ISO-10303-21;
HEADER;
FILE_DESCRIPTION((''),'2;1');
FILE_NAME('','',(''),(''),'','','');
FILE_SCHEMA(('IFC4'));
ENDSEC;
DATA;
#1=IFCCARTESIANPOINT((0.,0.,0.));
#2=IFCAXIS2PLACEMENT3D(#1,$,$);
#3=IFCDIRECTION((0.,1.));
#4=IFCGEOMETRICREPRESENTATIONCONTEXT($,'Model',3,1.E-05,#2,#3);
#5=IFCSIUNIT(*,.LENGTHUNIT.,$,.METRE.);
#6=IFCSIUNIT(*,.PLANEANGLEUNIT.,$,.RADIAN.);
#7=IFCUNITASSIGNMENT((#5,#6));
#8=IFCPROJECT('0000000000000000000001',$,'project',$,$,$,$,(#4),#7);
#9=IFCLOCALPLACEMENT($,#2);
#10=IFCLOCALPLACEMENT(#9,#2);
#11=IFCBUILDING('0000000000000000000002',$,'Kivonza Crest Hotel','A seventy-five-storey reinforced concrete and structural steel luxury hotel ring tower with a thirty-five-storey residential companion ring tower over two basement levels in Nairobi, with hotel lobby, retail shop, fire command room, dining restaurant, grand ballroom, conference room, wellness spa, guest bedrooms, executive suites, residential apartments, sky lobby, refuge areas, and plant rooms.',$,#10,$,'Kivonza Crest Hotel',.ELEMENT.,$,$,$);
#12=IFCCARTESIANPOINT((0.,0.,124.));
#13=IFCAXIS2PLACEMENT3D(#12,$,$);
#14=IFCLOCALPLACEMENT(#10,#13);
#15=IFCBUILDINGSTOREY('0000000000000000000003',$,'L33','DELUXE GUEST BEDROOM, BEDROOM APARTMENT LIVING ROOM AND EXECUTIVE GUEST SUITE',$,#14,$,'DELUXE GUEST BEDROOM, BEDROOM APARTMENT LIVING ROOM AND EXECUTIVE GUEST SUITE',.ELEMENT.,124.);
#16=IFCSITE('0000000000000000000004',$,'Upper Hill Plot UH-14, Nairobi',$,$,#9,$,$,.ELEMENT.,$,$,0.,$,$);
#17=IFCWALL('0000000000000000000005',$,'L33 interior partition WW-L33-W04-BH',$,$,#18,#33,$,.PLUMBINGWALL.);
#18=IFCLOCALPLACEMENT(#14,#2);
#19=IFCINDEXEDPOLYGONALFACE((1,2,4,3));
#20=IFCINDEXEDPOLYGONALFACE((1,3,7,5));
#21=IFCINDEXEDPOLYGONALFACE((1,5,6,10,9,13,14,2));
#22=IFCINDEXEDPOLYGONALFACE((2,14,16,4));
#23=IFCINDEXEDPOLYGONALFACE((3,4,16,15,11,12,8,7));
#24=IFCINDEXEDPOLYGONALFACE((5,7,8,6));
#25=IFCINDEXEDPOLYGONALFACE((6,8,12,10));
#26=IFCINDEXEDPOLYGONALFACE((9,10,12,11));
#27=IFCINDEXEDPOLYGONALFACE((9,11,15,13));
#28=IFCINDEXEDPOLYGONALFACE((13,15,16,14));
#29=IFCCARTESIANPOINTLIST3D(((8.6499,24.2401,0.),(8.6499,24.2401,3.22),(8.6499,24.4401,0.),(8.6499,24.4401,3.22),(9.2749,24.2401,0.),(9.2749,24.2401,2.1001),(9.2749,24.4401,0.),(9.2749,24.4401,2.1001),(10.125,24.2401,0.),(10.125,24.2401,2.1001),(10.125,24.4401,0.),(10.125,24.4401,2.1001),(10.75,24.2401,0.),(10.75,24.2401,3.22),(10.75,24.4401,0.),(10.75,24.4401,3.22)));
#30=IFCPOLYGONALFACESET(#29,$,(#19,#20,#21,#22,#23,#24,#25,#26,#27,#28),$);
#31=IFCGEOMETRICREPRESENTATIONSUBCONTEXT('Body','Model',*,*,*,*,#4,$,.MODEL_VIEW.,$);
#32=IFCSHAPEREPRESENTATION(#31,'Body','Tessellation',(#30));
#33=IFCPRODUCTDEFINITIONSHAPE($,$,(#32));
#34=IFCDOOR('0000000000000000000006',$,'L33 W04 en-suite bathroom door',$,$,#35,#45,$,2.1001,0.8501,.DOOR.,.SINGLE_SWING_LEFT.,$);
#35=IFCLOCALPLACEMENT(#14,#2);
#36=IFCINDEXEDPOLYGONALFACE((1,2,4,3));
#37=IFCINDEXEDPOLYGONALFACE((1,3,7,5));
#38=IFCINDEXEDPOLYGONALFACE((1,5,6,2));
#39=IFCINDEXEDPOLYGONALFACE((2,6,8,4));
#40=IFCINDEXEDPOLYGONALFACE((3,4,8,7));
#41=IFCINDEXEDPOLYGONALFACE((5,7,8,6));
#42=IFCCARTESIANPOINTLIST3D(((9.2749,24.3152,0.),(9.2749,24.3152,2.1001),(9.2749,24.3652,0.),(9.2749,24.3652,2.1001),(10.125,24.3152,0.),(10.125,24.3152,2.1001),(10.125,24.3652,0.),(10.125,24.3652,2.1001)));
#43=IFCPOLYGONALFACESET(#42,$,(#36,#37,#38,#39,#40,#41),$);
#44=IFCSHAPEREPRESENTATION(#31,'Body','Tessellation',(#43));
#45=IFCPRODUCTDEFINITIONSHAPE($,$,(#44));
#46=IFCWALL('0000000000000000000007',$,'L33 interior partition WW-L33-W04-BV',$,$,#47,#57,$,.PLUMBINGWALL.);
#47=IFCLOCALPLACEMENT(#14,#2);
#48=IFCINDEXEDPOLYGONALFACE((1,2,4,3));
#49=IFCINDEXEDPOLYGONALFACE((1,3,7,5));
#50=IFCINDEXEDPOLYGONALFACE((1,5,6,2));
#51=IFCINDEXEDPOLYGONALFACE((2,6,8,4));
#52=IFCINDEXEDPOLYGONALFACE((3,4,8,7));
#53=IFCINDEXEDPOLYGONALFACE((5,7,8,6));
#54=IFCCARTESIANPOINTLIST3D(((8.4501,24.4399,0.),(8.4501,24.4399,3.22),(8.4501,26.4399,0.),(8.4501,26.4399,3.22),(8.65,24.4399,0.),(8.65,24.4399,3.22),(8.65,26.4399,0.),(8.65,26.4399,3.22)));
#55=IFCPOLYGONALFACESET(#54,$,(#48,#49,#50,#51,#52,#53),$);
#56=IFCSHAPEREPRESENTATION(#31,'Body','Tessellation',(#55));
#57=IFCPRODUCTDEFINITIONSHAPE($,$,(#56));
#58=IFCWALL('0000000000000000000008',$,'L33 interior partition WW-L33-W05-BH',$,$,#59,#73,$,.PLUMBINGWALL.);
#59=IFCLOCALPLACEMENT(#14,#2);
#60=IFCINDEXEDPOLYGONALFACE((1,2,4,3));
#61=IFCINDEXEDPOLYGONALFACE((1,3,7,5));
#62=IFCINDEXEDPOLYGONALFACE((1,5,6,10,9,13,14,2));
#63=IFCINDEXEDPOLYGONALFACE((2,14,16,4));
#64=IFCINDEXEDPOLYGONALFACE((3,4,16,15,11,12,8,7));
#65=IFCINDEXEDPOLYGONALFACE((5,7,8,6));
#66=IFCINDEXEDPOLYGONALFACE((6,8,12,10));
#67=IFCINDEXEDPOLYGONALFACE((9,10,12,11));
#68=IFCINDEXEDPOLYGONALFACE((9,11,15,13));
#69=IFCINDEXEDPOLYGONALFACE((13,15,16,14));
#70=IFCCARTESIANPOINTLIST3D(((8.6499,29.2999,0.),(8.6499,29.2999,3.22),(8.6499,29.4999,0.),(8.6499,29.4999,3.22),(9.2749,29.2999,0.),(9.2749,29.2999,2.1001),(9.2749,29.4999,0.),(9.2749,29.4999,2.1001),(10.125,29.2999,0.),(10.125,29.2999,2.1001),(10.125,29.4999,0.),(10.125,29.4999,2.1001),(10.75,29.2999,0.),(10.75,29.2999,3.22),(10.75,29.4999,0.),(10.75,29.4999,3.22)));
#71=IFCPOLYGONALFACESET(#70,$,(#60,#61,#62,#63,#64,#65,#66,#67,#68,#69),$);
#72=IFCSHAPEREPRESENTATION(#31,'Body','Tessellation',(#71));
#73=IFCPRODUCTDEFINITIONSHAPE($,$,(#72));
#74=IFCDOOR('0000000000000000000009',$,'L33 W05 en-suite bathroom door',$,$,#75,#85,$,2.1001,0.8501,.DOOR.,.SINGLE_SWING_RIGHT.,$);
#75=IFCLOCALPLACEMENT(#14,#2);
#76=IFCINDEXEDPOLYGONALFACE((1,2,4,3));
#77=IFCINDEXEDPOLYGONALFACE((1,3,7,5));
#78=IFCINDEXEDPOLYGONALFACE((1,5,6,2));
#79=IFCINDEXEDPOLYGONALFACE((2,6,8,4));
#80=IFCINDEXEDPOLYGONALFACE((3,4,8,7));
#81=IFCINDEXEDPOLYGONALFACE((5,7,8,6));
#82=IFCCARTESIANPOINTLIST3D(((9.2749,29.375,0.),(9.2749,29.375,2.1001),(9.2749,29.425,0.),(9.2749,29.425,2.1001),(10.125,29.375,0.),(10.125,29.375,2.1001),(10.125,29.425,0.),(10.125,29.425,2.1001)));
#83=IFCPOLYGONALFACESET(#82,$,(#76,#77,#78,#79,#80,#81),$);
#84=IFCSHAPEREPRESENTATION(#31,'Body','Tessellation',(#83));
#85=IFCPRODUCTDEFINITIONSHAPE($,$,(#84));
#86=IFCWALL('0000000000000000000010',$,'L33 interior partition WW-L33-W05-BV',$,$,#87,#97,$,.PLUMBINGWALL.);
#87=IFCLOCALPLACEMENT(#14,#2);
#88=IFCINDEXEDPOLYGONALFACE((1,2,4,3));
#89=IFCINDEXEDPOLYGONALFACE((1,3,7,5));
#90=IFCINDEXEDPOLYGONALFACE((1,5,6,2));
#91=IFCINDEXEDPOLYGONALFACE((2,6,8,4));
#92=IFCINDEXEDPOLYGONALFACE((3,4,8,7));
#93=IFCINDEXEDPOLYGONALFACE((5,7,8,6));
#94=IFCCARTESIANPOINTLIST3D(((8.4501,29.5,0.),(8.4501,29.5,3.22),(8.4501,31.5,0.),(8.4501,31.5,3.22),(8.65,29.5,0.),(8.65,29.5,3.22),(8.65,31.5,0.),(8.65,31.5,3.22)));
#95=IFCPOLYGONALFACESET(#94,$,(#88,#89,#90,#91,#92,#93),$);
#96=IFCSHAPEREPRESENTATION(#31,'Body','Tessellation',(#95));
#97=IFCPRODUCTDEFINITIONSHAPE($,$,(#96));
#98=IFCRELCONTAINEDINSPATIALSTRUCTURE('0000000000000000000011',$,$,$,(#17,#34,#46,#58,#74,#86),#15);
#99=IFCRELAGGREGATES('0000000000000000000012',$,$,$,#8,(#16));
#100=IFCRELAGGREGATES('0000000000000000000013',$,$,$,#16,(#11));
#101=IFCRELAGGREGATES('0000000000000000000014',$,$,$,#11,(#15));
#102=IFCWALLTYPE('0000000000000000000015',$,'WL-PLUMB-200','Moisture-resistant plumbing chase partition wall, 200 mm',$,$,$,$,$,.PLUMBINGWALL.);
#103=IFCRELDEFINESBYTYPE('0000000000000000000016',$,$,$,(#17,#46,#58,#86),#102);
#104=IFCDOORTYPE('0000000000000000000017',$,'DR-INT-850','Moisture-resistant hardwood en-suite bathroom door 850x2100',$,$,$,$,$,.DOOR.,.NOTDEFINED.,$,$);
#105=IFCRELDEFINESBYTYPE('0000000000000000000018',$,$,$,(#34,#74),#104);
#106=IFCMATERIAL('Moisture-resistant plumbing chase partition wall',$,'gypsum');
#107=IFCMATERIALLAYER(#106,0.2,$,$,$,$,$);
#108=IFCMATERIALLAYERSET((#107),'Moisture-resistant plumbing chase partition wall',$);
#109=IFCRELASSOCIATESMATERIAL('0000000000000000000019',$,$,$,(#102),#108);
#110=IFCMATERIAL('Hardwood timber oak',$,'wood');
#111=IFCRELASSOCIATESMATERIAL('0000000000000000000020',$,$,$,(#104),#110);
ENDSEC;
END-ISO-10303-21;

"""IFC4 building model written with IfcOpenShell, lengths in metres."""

from ifc_helpers import new_model, si_unit, direction, frame, frame_2d, origin, place, context, subcontext, project, spatial, rectangle, extrude, material, layer, layer_set, type_object, element, fill, save


model = new_model("IFC4")

# Units and contexts
model_context = context("Model", 3, precision=1e-05, world=origin(), true_north=direction((0.0, 1.0)))
body_context = subcontext(model_context, "Body", "Model", "MODEL_VIEW")
ifc_project = project(units=[si_unit("LENGTHUNIT", "METRE"), si_unit("PLANEANGLEUNIT", "RADIAN")], contexts=[model_context])

# Site, building, storey
site_placement = place(None, origin())
site = spatial("IfcSite", under=ifc_project, at=site_placement, Name="Upper Hill Plot UH-14, Nairobi", CompositionType="ELEMENT", RefElevation=0.0)
building_placement = place(site_placement, origin())
building = spatial("IfcBuilding", under=site, at=building_placement, Name="Kivonza Crest Hotel", Description="A seventy-five-storey reinforced concrete and structural steel luxury hotel ring tower with a thirty-five-storey residential companion ring tower over two basement levels in Nairobi, with hotel lobby, retail shop, fire command room, dining restaurant, grand ballroom, conference room, wellness spa, guest bedrooms, executive suites, residential apartments, sky lobby, refuge areas, and plant rooms.", LongName="Kivonza Crest Hotel", CompositionType="ELEMENT")
storey_placement = place(building_placement, frame((0.0, 0.0, 124.0)))
storey = spatial("IfcBuildingStorey", under=building, at=storey_placement, Name="L33", Description="DELUXE GUEST BEDROOM, BEDROOM APARTMENT LIVING ROOM AND EXECUTIVE GUEST SUITE", LongName="DELUXE GUEST BEDROOM, BEDROOM APARTMENT LIVING ROOM AND EXECUTIVE GUEST SUITE", CompositionType="ELEMENT", Elevation=124.0)

# Shared definitions
ifc_material_1 = material(Name="Hardwood timber oak", Category="wood")

# Wall, opening, door
ifc_material_2 = material(Name="Moisture-resistant plumbing chase partition wall", Category="gypsum")
ifc_layer_1 = layer(ifc_material_2, 0.2)
ifc_layer_set_1 = layer_set([ifc_layer_1], Name="Moisture-resistant plumbing chase partition wall")
wall_type_1 = type_object("IfcWallType", Name="WL-PLUMB-200", Description="Moisture-resistant plumbing chase partition wall, 200 mm", PredefinedType="PLUMBINGWALL", material=ifc_layer_set_1)
wall_1_placement = place(storey_placement, frame((8.6499, 24.3401, 0.0), z_axis=(0.0, 0.0, 1.0), x_axis=(1.0, 0.0, 0.0)))
wall_1 = element("IfcWall", 1, at=wall_1_placement, inside=storey, type_object=wall_type_1, Name="L33 interior partition WW-L33-W04-BH", PredefinedType="PLUMBINGWALL", context=body_context, shape_type="SweptSolid", body=[
    extrude(rectangle(XDim=2.1001, YDim=0.2, at=frame_2d((1.05, 0.0))), origin(), (0.0, 0.0, 1.0), 3.22),
])
opening_1_placement = place(wall_1_placement, frame((0.625, 0.0, 0.0)))
opening_1 = element("IfcOpeningElement", 2, at=opening_1_placement, cuts=wall_1, PredefinedType="OPENING", context=body_context, shape_type="SweptSolid", body=[
    extrude(rectangle(XDim=0.8501, YDim=2.1001, at=frame_2d((0.425, 1.05))), frame((0.0, 0.1099, 0.0), z_axis=(0.0, -1.0, 0.0), x_axis=(1.0, 0.0, 0.0)), (0.0, 0.0, 1.0), 0.22),
])
door_type_1 = type_object("IfcDoorType", Name="DR-INT-850", Description="Moisture-resistant hardwood en-suite bathroom door 850x2100", OperationType="NOTDEFINED", PredefinedType="DOOR", material=ifc_material_1)
door_1_placement = place(opening_1_placement, frame((0.8501, 0.0, 0.0), z_axis=(0.0, 0.0, 1.0), x_axis=(-1.0, 0.0, 0.0)))
door_1 = element("IfcDoor", 3, at=door_1_placement, inside=storey, type_object=door_type_1, Name="L33 W04 en-suite bathroom door", OperationType="SINGLE_SWING_LEFT", OverallHeight=2.1001, OverallWidth=0.8501, PredefinedType="DOOR", context=body_context, shape_type="SweptSolid", body=[
    extrude(rectangle(XDim=0.8501, YDim=2.1001, at=frame_2d((0.425, 1.05))), frame((0.0, 0.0249, 0.0), z_axis=(0.0, -1.0, 0.0), x_axis=(1.0, 0.0, 0.0)), (0.0, 0.0, 1.0), 0.05),
])
fill(opening_1, door_1)

# Wall
wall_2_placement = place(storey_placement, frame((8.55, 24.4399, 0.0), z_axis=(0.0, 0.0, 1.0), x_axis=(0.0, 1.0, 0.0)))
element("IfcWall", 4, at=wall_2_placement, inside=storey, type_object=wall_type_1, Name="L33 interior partition WW-L33-W04-BV", PredefinedType="PLUMBINGWALL", context=body_context, shape_type="SweptSolid", body=[
    extrude(rectangle(XDim=2.0, YDim=0.2, at=frame_2d((1.0, 0.0))), origin(), (0.0, 0.0, 1.0), 3.22),
])

# Wall, opening, door
wall_3_placement = place(storey_placement, frame((8.6499, 29.3999, 0.0), z_axis=(0.0, 0.0, 1.0), x_axis=(1.0, 0.0, 0.0)))
wall_3 = element("IfcWall", 5, at=wall_3_placement, inside=storey, type_object=wall_type_1, Name="L33 interior partition WW-L33-W05-BH", PredefinedType="PLUMBINGWALL", context=body_context, shape_type="SweptSolid", body=[
    extrude(rectangle(XDim=2.1001, YDim=0.2, at=frame_2d((1.05, 0.0))), origin(), (0.0, 0.0, 1.0), 3.22),
])
opening_2_placement = place(wall_3_placement, frame((0.625, 0.0, 0.0)))
opening_2 = element("IfcOpeningElement", 6, at=opening_2_placement, cuts=wall_3, PredefinedType="OPENING", context=body_context, shape_type="SweptSolid", body=[
    extrude(rectangle(XDim=0.8501, YDim=2.1001, at=frame_2d((0.425, 1.05))), frame((0.0, 0.1099, 0.0), z_axis=(0.0, -1.0, 0.0), x_axis=(1.0, 0.0, 0.0)), (0.0, 0.0, 1.0), 0.22),
])
door_2_placement = place(opening_2_placement, frame((0.8501, 0.0, 0.0), z_axis=(0.0, 0.0, 1.0), x_axis=(-1.0, 0.0, 0.0)))
door_2 = element("IfcDoor", 7, at=door_2_placement, inside=storey, type_object=door_type_1, Name="L33 W05 en-suite bathroom door", OperationType="SINGLE_SWING_RIGHT", OverallHeight=2.1001, OverallWidth=0.8501, PredefinedType="DOOR", context=body_context, shape_type="SweptSolid", body=[
    extrude(rectangle(XDim=0.8501, YDim=2.1001, at=frame_2d((0.425, 1.05))), frame((0.0, 0.0249, 0.0), z_axis=(0.0, -1.0, 0.0), x_axis=(1.0, 0.0, 0.0)), (0.0, 0.0, 1.0), 0.05),
])
fill(opening_2, door_2)

# Wall
wall_4_placement = place(storey_placement, frame((8.55, 29.5, 0.0), z_axis=(0.0, 0.0, 1.0), x_axis=(0.0, 1.0, 0.0)))
element("IfcWall", 8, at=wall_4_placement, inside=storey, type_object=wall_type_1, Name="L33 interior partition WW-L33-W05-BV", PredefinedType="PLUMBINGWALL", context=body_context, shape_type="SweptSolid", body=[
    extrude(rectangle(XDim=2.0, YDim=0.2, at=frame_2d((1.0, 0.0))), origin(), (0.0, 0.0, 1.0), 3.22),
])

save(model, "model.ifc")
